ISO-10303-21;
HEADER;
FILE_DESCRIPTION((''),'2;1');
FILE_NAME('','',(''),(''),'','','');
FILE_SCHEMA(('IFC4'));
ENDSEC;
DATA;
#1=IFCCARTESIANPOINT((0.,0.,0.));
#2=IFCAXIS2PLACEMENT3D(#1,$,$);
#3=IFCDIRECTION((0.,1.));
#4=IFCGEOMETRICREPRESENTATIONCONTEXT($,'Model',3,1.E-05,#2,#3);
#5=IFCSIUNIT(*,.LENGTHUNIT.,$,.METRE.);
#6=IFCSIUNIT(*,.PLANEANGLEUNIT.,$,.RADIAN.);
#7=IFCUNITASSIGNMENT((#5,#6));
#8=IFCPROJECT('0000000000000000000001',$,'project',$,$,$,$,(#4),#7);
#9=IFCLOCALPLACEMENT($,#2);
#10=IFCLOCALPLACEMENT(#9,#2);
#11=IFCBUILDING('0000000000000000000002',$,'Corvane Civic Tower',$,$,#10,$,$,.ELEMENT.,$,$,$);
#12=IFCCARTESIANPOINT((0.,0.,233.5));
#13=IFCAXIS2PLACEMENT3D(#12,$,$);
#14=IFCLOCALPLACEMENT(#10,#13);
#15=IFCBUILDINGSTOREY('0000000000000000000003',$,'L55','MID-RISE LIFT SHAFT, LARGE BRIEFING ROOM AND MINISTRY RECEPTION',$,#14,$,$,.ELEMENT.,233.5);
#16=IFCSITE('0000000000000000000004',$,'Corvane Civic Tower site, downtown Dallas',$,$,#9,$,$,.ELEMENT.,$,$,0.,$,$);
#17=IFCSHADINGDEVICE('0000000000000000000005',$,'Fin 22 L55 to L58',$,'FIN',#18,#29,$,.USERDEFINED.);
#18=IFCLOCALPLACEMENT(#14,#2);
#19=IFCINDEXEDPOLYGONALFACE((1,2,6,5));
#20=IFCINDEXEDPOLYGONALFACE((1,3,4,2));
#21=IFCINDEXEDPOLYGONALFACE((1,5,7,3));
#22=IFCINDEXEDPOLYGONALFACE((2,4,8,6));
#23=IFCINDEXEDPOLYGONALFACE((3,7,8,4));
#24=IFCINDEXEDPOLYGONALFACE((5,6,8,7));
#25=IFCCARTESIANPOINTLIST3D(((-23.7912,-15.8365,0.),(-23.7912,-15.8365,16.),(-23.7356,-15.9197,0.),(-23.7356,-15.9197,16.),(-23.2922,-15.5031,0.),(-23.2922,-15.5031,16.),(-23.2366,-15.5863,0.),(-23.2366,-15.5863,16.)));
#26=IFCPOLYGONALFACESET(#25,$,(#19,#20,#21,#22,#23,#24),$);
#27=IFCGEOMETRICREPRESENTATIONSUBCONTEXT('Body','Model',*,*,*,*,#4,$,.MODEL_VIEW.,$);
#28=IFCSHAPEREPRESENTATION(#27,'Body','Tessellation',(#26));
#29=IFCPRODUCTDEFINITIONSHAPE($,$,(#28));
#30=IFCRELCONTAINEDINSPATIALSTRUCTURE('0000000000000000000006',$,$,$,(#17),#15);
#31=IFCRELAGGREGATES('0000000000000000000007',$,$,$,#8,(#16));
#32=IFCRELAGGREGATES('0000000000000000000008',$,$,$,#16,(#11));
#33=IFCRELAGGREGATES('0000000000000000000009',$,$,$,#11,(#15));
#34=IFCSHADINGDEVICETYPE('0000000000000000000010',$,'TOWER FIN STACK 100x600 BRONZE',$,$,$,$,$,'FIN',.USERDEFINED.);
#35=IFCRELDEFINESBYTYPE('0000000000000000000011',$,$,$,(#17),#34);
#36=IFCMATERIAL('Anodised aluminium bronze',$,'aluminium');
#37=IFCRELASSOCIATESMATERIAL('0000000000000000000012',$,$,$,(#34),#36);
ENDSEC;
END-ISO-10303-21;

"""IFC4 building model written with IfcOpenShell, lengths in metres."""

from ifc_helpers import new_model, si_unit, direction, frame, origin, origin_2d, place, context, subcontext, project, spatial, rectangle, extrude, material, material_profile, profile_set, type_object, element, save


model = new_model("IFC4")

# Units and contexts
model_context = context("Model", 3, precision=1e-05, world=origin(), true_north=direction((0.0, 1.0)))
body_context = subcontext(model_context, "Body", "Model", "MODEL_VIEW")
ifc_project = project(units=[si_unit("LENGTHUNIT", "METRE"), si_unit("PLANEANGLEUNIT", "RADIAN")], contexts=[model_context])

# Site, building, storey
site_placement = place(None, origin())
site = spatial("IfcSite", under=ifc_project, at=site_placement, Name="Corvane Civic Tower site, downtown Dallas", CompositionType="ELEMENT", RefElevation=0.0)
building_placement = place(site_placement, origin())
building = spatial("IfcBuilding", under=site, at=building_placement, Name="Corvane Civic Tower", CompositionType="ELEMENT")
storey_placement = place(building_placement, frame((0.0, 0.0, 233.5)))
storey = spatial("IfcBuildingStorey", under=building, at=storey_placement, Name="L55", Description="MID-RISE LIFT SHAFT, LARGE BRIEFING ROOM AND MINISTRY RECEPTION", CompositionType="ELEMENT", Elevation=233.5)

# Shading device
ifc_material_1 = material(Name="Anodised aluminium bronze", Category="aluminium")
ifc_material_profile_1 = material_profile(ifc_material_1, rectangle(XDim=0.1001, YDim=0.6001, at=origin_2d()), Name="TOWER FIN STACK 100x600 BRONZE")
ifc_profile_set_1 = profile_set([ifc_material_profile_1], Name="Anodised aluminium bronze")
shading_device_type = type_object("IfcShadingDeviceType", Name="TOWER FIN STACK 100x600 BRONZE", ElementType="FIN", PredefinedType="USERDEFINED", material=ifc_profile_set_1)
for number, where, z_axis, x_axis, name in (
    (1, (-23.5139, -15.7114, 0.0), (0.0, 0.0, 1.0), (-0.55557, 0.83147, 0.0), "Fin 22 L55 to L58"),
):
    element("IfcShadingDevice", number, at=place(storey_placement, frame(where, z_axis=z_axis, x_axis=x_axis)), inside=storey, type_object=shading_device_type, Name=name, ObjectType="FIN", PredefinedType="USERDEFINED", context=body_context, shape_type="SweptSolid", body=[
        extrude(rectangle(XDim=0.1001, YDim=0.6001, at=origin_2d()), origin(), (0.0, 0.0, 1.0), 16.0),
    ])

save(model, "model.ifc")
